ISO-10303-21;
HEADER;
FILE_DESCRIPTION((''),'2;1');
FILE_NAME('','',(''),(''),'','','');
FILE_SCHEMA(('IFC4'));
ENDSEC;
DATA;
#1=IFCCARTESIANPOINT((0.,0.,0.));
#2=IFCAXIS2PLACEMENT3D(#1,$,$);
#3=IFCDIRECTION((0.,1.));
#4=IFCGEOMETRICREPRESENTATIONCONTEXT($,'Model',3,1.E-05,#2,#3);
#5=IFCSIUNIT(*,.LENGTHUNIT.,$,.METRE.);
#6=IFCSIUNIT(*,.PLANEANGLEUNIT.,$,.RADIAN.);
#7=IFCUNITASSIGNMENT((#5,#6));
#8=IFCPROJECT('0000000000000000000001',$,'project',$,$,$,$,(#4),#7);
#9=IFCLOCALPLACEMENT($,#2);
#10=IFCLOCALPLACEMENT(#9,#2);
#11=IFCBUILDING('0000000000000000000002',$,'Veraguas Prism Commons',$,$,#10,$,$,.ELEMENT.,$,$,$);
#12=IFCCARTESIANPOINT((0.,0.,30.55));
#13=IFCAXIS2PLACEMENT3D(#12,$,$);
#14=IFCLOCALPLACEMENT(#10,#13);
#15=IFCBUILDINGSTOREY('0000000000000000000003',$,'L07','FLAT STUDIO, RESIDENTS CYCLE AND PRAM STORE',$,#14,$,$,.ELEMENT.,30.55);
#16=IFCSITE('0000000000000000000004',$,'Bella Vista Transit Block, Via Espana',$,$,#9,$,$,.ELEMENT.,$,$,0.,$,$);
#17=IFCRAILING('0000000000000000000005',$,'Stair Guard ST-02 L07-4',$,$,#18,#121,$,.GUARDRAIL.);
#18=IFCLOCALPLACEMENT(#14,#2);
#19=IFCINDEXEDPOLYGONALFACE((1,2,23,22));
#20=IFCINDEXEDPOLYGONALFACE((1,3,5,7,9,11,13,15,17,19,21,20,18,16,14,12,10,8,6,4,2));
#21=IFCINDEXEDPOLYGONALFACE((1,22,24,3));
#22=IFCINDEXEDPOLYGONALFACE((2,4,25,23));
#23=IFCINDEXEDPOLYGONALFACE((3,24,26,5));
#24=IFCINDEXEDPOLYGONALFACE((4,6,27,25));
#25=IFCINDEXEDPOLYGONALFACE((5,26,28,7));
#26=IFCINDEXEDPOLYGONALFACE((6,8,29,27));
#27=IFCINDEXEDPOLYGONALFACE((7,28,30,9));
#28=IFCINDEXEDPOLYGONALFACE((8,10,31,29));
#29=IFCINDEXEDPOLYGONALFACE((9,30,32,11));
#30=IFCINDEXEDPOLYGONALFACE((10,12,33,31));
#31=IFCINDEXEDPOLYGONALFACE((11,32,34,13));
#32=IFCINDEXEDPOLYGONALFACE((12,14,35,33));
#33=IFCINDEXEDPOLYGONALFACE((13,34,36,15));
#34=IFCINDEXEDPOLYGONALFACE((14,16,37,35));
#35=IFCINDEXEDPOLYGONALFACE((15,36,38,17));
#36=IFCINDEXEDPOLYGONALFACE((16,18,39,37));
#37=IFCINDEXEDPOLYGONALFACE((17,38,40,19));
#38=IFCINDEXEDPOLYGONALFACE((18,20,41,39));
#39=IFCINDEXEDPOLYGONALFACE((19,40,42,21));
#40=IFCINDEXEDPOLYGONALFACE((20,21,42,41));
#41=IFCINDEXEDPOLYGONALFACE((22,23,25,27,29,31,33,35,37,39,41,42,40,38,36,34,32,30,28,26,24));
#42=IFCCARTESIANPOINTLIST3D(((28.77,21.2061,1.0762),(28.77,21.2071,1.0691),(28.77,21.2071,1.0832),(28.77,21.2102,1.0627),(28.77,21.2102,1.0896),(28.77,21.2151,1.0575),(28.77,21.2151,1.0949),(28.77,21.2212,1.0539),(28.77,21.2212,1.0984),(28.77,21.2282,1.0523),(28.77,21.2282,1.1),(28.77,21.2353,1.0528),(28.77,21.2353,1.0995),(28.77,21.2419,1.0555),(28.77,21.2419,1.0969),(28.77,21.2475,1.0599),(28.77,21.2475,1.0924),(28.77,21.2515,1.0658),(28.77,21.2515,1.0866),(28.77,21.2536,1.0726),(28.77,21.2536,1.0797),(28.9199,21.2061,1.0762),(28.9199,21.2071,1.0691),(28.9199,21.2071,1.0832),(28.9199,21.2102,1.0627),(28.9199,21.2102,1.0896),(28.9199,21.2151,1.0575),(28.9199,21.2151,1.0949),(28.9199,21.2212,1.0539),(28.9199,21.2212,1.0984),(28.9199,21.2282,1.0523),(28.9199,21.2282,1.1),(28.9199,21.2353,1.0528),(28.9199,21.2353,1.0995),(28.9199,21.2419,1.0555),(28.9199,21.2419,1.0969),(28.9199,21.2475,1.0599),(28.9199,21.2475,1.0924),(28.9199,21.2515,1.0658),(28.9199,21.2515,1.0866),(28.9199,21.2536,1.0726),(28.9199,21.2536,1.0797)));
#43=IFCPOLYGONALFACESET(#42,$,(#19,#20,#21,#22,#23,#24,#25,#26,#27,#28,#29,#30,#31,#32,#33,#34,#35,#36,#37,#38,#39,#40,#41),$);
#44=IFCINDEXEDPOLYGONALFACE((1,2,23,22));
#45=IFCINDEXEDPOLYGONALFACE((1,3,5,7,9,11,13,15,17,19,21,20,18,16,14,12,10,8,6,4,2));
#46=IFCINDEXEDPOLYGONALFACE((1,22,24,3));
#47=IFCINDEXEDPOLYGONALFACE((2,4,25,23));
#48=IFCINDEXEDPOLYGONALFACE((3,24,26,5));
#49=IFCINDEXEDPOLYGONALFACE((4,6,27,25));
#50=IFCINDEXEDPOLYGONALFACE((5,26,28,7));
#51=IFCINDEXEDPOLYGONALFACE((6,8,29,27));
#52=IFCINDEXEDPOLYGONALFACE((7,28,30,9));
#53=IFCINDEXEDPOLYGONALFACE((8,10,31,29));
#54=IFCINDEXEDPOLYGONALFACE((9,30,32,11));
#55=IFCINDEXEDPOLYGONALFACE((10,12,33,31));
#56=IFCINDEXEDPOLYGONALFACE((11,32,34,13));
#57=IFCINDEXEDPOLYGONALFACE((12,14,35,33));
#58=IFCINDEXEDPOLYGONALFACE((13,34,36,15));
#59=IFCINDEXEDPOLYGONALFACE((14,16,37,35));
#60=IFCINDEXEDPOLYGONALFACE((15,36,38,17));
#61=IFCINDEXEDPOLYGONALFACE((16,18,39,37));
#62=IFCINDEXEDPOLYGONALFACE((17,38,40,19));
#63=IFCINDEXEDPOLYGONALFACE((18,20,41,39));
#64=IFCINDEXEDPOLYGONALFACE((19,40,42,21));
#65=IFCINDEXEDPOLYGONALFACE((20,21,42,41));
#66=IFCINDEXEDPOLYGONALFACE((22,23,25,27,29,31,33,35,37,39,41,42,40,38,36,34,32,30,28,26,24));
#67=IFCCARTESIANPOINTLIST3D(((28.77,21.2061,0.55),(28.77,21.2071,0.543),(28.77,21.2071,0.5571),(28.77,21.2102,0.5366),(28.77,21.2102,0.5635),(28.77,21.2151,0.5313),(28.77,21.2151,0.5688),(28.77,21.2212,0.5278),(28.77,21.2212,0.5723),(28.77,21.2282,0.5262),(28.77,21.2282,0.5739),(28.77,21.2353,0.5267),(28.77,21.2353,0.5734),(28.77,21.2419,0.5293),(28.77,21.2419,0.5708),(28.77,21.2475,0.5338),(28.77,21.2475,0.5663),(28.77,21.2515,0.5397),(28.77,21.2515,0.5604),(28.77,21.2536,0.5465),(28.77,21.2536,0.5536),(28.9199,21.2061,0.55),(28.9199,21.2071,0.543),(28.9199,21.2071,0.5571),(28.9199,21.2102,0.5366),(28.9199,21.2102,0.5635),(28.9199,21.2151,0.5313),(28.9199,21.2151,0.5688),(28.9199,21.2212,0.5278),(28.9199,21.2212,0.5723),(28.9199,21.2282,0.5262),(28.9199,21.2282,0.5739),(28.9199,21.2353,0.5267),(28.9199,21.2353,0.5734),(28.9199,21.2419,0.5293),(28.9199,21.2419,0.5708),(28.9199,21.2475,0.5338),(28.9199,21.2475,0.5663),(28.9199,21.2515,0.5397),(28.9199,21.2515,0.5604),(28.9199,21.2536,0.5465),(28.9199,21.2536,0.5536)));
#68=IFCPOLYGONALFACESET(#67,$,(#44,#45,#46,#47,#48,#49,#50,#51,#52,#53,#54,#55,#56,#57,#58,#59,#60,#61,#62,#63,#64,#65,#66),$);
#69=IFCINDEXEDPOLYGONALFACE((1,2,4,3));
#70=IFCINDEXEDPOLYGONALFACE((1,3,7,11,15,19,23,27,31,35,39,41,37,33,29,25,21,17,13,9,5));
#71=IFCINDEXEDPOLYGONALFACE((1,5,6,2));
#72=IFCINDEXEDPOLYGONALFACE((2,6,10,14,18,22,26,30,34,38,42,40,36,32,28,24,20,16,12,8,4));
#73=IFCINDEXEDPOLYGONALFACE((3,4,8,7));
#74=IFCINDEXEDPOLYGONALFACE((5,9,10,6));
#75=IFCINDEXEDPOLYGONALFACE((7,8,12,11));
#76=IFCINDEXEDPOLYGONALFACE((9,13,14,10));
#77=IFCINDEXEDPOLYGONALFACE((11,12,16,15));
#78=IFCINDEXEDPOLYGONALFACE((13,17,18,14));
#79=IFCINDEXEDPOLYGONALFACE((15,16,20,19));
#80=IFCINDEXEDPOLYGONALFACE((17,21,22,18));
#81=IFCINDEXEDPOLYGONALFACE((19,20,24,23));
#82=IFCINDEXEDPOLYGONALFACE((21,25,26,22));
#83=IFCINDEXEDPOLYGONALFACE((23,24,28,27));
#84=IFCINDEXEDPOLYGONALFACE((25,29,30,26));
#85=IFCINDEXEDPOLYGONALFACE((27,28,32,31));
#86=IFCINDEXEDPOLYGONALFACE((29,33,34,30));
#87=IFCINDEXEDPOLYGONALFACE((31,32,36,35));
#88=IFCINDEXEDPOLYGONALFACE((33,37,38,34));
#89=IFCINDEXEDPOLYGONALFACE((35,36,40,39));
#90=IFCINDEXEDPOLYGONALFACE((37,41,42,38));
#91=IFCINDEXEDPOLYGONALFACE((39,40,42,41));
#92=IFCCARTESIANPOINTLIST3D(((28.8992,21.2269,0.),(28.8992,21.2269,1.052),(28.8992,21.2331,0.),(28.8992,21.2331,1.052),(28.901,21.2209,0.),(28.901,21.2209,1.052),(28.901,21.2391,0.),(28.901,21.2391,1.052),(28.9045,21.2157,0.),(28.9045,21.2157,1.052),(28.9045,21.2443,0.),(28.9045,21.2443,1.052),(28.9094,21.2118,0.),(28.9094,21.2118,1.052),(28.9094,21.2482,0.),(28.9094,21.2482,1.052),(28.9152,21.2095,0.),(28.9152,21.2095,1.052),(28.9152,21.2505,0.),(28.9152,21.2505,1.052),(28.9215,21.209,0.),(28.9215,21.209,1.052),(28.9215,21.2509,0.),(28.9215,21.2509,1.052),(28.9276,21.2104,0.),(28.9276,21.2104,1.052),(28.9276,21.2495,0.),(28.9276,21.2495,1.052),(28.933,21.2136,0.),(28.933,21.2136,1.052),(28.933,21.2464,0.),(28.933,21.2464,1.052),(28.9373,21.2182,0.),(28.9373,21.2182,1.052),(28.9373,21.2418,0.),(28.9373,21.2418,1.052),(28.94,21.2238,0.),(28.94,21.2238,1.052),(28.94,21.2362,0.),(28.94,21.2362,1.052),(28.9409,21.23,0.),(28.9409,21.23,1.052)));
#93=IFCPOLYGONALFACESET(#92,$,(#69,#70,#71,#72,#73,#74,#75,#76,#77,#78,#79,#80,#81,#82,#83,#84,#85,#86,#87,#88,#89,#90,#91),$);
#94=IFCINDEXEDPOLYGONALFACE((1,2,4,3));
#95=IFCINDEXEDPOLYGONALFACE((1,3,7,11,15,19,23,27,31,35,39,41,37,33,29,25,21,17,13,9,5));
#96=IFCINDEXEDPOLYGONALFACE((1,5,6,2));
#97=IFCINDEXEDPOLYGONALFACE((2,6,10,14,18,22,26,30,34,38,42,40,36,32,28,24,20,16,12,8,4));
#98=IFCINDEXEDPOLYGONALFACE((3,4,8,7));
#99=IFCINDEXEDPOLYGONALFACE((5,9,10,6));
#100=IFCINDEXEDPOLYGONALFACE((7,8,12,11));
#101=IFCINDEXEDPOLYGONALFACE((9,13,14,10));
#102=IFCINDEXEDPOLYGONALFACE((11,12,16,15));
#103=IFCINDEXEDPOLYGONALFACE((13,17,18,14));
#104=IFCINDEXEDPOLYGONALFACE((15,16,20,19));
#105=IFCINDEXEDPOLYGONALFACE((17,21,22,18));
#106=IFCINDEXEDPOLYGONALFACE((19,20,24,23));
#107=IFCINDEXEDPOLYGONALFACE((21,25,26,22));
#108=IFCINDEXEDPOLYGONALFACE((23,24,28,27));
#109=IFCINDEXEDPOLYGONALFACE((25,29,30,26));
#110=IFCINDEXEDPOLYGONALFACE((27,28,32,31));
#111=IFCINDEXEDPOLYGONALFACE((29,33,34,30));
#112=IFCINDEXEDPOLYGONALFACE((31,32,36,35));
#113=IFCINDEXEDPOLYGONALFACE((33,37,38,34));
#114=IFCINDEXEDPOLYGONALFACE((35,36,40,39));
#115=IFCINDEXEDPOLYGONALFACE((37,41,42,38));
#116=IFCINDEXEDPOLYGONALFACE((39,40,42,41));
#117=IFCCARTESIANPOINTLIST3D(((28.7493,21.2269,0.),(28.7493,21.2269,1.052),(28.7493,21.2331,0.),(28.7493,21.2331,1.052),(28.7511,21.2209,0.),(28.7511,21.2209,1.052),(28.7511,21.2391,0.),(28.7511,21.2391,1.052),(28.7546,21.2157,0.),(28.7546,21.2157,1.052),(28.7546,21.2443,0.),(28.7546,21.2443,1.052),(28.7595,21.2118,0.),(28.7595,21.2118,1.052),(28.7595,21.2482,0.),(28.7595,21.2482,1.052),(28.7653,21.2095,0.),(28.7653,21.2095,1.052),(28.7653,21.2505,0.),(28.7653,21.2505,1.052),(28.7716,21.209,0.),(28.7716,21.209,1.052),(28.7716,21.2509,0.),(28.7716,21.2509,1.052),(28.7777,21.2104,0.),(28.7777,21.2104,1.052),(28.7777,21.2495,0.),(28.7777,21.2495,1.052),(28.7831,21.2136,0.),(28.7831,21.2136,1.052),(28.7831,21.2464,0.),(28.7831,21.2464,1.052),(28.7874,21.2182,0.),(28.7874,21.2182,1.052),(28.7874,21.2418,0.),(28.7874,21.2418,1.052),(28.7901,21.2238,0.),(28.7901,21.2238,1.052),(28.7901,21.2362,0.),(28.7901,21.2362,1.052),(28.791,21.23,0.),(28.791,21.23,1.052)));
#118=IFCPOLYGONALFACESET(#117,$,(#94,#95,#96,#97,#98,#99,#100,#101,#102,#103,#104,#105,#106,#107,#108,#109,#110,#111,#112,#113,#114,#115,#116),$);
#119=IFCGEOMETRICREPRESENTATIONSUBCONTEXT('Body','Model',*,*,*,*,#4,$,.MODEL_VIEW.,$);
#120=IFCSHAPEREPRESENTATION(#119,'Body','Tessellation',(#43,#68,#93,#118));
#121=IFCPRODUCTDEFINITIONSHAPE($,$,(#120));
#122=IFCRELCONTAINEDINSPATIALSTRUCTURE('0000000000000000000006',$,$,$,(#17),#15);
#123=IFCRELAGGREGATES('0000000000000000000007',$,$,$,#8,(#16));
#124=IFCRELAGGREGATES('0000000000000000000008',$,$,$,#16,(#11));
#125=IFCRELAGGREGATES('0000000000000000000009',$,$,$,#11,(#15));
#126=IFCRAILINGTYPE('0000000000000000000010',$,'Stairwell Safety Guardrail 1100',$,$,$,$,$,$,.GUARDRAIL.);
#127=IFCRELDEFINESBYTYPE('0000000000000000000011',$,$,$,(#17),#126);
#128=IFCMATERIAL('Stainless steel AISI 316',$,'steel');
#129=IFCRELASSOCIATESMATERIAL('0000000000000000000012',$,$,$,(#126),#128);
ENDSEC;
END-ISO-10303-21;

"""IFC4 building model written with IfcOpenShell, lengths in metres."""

from ifc_helpers import new_model, si_unit, direction, frame, origin, origin_2d, place, context, subcontext, project, spatial, circle, extrude, material, type_object, element, save


model = new_model("IFC4")

# Units and contexts
model_context = context("Model", 3, precision=1e-05, world=origin(), true_north=direction((0.0, 1.0)))
body_context = subcontext(model_context, "Body", "Model", "MODEL_VIEW")
ifc_project = project(units=[si_unit("LENGTHUNIT", "METRE"), si_unit("PLANEANGLEUNIT", "RADIAN")], contexts=[model_context])

# Site, building, storey
site_placement = place(None, origin())
site = spatial("IfcSite", under=ifc_project, at=site_placement, Name="Bella Vista Transit Block, Via Espana", CompositionType="ELEMENT", RefElevation=0.0)
building_placement = place(site_placement, origin())
building = spatial("IfcBuilding", under=site, at=building_placement, Name="Veraguas Prism Commons", CompositionType="ELEMENT")
storey_placement = place(building_placement, frame((0.0, 0.0, 30.55)))
storey = spatial("IfcBuildingStorey", under=building, at=storey_placement, Name="L07", Description="FLAT STUDIO, RESIDENTS CYCLE AND PRAM STORE", CompositionType="ELEMENT", Elevation=30.55)

# Shared definitions
ifc_material_1 = material(Name="Stainless steel AISI 316", Category="steel")

# Railing
railing_type_1 = type_object("IfcRailingType", Name="Stairwell Safety Guardrail 1100", PredefinedType="GUARDRAIL", material=ifc_material_1)
railing_1_placement = place(storey_placement, frame((28.9199, 21.23, 0.0)))
element("IfcRailing", 1, at=railing_1_placement, inside=storey, type_object=railing_type_1, Name="Stair Guard ST-02 L07-4", PredefinedType="GUARDRAIL", context=body_context, shape_type="SweptSolid", body=[
    extrude(circle(Radius=0.0239, at=origin_2d()), frame((0.0, 0.0, 1.0762), z_axis=(-1.0, 0.0, 0.0), x_axis=(0.0, -1.0, 0.0)), (0.0, 0.0, 1.0), 0.1499),
    extrude(circle(Radius=0.0239, at=origin_2d()), frame((0.0, 0.0, 0.55), z_axis=(-1.0, 0.0, 0.0), x_axis=(0.0, -1.0, 0.0)), (0.0, 0.0, 1.0), 0.1499),
    extrude(circle(Radius=0.021, at=origin_2d()), origin(), (0.0, 0.0, 1.0), 1.052),
    extrude(circle(Radius=0.021, at=origin_2d()), frame((-0.1499, 0.0, 0.0)), (0.0, 0.0, 1.0), 1.052),
])

save(model, "model.ifc")
